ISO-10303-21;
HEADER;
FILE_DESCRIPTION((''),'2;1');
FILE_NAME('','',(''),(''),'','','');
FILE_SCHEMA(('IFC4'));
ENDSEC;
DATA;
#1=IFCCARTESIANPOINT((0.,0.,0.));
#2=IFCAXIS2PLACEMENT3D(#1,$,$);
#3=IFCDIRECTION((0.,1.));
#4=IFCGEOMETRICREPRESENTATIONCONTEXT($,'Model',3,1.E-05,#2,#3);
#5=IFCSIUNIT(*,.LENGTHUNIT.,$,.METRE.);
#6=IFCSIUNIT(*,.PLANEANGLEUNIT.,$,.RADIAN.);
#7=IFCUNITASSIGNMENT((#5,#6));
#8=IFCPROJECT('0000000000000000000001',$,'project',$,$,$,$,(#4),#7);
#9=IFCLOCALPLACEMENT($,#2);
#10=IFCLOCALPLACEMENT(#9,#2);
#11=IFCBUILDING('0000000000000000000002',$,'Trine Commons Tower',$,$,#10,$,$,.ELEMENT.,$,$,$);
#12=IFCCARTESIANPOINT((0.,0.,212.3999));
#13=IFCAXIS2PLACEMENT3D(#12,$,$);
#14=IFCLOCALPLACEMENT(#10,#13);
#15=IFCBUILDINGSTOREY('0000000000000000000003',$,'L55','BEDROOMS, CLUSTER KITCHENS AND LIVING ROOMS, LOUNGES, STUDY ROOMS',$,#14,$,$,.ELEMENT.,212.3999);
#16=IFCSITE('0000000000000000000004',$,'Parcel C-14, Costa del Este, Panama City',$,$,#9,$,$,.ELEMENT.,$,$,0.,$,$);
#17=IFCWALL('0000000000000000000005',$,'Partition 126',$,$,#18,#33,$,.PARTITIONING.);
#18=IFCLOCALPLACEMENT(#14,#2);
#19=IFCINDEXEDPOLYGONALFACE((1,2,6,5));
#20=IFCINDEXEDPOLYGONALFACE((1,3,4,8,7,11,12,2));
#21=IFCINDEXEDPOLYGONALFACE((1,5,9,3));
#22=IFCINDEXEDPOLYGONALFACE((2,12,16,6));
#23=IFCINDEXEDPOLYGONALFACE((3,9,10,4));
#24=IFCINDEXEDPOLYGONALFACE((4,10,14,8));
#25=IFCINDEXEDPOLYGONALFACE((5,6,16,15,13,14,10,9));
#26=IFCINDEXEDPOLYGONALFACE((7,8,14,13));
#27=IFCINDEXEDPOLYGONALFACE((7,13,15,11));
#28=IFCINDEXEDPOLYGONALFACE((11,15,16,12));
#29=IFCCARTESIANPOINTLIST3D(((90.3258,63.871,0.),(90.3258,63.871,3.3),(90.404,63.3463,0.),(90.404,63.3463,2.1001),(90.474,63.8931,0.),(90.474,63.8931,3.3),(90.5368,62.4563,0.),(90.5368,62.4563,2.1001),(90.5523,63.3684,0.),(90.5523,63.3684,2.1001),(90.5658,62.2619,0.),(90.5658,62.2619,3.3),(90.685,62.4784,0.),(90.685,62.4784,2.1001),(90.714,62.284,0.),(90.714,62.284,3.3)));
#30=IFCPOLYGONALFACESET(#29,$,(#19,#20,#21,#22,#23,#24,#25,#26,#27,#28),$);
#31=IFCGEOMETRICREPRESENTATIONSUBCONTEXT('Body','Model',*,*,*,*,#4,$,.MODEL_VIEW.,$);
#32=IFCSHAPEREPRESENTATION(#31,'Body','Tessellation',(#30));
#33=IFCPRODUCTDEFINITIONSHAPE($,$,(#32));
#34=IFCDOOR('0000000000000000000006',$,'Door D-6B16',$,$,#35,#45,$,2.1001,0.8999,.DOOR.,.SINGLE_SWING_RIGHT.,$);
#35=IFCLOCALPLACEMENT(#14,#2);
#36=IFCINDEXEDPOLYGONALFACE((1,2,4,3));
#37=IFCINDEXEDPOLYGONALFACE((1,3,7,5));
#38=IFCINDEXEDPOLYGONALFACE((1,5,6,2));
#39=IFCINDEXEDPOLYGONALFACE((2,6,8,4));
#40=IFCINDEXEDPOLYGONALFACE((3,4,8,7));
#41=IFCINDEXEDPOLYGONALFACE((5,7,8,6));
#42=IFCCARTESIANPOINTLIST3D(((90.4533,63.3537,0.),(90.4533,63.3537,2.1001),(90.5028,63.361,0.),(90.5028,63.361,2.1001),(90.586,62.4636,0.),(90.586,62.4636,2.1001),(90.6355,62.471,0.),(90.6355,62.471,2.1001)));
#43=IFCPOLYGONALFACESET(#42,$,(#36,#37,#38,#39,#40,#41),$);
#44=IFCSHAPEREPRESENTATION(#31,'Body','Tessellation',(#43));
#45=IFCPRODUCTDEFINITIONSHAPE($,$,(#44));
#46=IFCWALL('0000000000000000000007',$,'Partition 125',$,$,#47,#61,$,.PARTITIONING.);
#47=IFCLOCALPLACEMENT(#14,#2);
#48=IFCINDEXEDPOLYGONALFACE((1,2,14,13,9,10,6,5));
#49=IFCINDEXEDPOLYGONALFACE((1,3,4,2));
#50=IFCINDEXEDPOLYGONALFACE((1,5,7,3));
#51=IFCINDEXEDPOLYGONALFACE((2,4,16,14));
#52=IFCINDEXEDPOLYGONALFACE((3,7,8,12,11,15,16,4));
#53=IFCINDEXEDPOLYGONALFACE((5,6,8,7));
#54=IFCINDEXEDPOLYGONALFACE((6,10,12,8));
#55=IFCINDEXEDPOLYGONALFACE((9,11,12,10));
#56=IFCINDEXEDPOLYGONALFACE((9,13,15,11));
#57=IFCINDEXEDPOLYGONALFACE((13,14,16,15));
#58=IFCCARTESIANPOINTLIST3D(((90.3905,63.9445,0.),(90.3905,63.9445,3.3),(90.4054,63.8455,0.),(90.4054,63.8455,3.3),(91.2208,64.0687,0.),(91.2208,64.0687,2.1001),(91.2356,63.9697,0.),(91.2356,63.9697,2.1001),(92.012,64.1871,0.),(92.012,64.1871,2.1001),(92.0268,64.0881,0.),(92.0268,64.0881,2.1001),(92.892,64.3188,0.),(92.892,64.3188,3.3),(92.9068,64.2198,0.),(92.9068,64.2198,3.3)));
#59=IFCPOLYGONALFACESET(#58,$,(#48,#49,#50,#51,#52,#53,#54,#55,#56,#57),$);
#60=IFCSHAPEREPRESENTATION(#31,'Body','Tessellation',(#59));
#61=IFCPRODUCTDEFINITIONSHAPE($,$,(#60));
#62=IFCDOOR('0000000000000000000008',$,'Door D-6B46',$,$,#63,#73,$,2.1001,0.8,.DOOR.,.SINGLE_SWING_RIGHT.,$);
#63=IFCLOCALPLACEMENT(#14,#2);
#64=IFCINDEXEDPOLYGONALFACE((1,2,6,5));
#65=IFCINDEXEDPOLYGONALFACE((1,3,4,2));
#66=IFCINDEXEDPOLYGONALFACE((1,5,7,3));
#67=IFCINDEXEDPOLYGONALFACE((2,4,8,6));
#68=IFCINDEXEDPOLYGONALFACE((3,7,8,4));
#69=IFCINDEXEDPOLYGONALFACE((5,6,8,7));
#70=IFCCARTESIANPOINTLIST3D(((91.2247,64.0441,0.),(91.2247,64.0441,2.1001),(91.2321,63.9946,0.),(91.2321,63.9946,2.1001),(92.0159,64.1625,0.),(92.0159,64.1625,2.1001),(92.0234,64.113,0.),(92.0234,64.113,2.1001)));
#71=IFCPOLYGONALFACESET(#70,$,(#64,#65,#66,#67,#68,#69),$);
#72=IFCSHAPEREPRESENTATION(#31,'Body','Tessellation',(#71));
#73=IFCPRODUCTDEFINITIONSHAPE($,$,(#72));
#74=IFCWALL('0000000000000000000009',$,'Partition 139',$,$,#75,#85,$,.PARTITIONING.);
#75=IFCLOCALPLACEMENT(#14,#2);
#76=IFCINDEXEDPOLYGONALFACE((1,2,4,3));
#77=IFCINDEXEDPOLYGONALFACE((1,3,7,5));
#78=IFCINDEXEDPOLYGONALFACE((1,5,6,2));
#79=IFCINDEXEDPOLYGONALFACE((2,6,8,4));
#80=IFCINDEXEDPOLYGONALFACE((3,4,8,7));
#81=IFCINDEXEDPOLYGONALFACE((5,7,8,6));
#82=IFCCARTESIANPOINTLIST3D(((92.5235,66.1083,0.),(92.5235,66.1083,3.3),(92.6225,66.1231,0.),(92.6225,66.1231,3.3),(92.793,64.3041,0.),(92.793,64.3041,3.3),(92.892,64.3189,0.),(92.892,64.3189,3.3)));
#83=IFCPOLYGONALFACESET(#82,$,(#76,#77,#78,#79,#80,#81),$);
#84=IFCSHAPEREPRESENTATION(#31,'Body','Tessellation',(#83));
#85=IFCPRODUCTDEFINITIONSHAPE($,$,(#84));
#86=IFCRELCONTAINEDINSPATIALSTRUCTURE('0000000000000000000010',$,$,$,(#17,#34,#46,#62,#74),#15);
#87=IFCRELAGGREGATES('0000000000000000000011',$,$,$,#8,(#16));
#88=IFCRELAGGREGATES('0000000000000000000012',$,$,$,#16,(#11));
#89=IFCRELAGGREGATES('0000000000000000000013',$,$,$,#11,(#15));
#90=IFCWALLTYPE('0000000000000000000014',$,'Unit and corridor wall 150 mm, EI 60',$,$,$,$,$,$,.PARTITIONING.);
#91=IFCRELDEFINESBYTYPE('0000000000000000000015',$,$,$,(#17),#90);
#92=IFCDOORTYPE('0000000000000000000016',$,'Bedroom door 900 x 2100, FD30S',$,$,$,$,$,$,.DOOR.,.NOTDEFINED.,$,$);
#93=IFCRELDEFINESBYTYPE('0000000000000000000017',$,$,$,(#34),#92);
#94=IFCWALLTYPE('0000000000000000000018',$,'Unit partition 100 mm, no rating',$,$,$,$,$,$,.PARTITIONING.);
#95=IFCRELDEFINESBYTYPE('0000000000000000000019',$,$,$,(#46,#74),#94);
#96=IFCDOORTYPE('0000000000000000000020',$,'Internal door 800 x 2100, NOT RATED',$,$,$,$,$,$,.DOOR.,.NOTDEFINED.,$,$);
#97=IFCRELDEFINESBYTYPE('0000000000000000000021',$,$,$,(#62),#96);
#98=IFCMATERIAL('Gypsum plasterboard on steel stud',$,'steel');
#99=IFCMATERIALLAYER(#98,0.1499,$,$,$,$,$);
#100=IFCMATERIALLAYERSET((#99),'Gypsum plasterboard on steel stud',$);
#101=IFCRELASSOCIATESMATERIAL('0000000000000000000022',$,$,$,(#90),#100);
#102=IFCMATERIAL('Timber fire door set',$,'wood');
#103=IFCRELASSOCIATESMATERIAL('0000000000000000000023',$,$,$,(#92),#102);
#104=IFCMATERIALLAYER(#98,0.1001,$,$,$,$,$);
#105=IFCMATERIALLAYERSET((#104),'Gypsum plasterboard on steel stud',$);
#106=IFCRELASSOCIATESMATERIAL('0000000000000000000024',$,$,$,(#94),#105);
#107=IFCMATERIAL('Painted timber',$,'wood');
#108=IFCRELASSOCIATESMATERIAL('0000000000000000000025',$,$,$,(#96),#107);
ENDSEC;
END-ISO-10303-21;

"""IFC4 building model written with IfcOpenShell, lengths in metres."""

from ifc_helpers import new_model, si_unit, direction, frame, frame_2d, origin, place, context, subcontext, project, spatial, rectangle, extrude, material, layer, layer_set, type_object, element, fill, save


model = new_model("IFC4")

# Units and contexts
model_context = context("Model", 3, precision=1e-05, world=origin(), true_north=direction((0.0, 1.0)))
body_context = subcontext(model_context, "Body", "Model", "MODEL_VIEW")
ifc_project = project(units=[si_unit("LENGTHUNIT", "METRE"), si_unit("PLANEANGLEUNIT", "RADIAN")], contexts=[model_context])

# Site, building, storey
site_placement = place(None, origin())
site = spatial("IfcSite", under=ifc_project, at=site_placement, Name="Parcel C-14, Costa del Este, Panama City", CompositionType="ELEMENT", RefElevation=0.0)
building_placement = place(site_placement, origin())
building = spatial("IfcBuilding", under=site, at=building_placement, Name="Trine Commons Tower", CompositionType="ELEMENT")
storey_placement = place(building_placement, frame((0.0, 0.0, 212.3999)))
storey = spatial("IfcBuildingStorey", under=building, at=storey_placement, Name="L55", Description="BEDROOMS, CLUSTER KITCHENS AND LIVING ROOMS, LOUNGES, STUDY ROOMS", CompositionType="ELEMENT", Elevation=212.3999)

# Shared definitions
ifc_material_1 = material(Name="Gypsum plasterboard on steel stud", Category="steel")
ifc_layer_1 = layer(ifc_material_1, 0.1499)
ifc_layer_set_1 = layer_set([ifc_layer_1], Name="Gypsum plasterboard on steel stud")
wall_type_1 = type_object("IfcWallType", Name="Unit and corridor wall 150 mm, EI 60", PredefinedType="PARTITIONING", material=ifc_layer_set_1)
ifc_material_2 = material(Name="Timber fire door set", Category="wood")
door_type_1 = type_object("IfcDoorType", Name="Bedroom door 900 x 2100, FD30S", OperationType="NOTDEFINED", PredefinedType="DOOR", material=ifc_material_2)

# Walls, openings, doors
wall_1_placement = place(storey_placement, frame((90.3999, 63.8821, 0.0), z_axis=(0.0, 0.0, 1.0), x_axis=(0.147511, -0.98906, 0.0)))
wall_1 = element("IfcWall", 1, at=wall_1_placement, inside=storey, type_object=wall_type_1, Name="Partition 126", PredefinedType="PARTITIONING", context=body_context, shape_type="SweptSolid", body=[
    extrude(rectangle(XDim=1.627, YDim=0.1499, at=frame_2d((0.8135, 0.0))), origin(), (0.0, 0.0, 1.0), 3.3),
])
opening_1_placement = place(wall_1_placement, frame((0.5305, 0.0, 0.0)))
opening_1 = element("IfcOpeningElement", 2, at=opening_1_placement, cuts=wall_1, PredefinedType="OPENING", context=body_context, shape_type="SweptSolid", body=[
    extrude(rectangle(XDim=0.8999, YDim=2.1001, at=frame_2d((0.45, 1.05))), frame((0.0, 0.085, 0.0), z_axis=(0.0, -1.0, 0.0), x_axis=(1.0, 0.0, 0.0)), (0.0, 0.0, 1.0), 0.1699),
])
door_1_placement = place(opening_1_placement, origin())
door_1 = element("IfcDoor", 3, at=door_1_placement, inside=storey, type_object=door_type_1, Name="Door D-6B16", OperationType="SINGLE_SWING_RIGHT", OverallHeight=2.1001, OverallWidth=0.8999, PredefinedType="DOOR", context=body_context, shape_type="SweptSolid", body=[
    extrude(rectangle(XDim=0.8999, YDim=2.1001, at=frame_2d((0.45, 1.05))), frame((0.0, 0.0249, 0.0), z_axis=(0.0, -1.0, 0.0), x_axis=(1.0, 0.0, 0.0)), (0.0, 0.0, 1.0), 0.05),
])
fill(opening_1, door_1)
ifc_layer_2 = layer(ifc_material_1, 0.1001)
ifc_layer_set_2 = layer_set([ifc_layer_2], Name="Gypsum plasterboard on steel stud")
wall_type_2 = type_object("IfcWallType", Name="Unit partition 100 mm, no rating", PredefinedType="PARTITIONING", material=ifc_layer_set_2)
wall_2_placement = place(storey_placement, frame((90.3979, 63.895, 0.0), z_axis=(0.0, 0.0, 1.0), x_axis=(0.988992, 0.147972, 0.0)))
wall_2 = element("IfcWall", 4, at=wall_2_placement, inside=storey, type_object=wall_type_2, Name="Partition 125", PredefinedType="PARTITIONING", context=body_context, shape_type="SweptSolid", body=[
    extrude(rectangle(XDim=2.5293, YDim=0.1001, at=frame_2d((1.2646, 0.0))), origin(), (0.0, 0.0, 1.0), 3.3),
])
opening_2_placement = place(wall_2_placement, frame((0.8396, 0.0, 0.0)))
opening_2 = element("IfcOpeningElement", 5, at=opening_2_placement, cuts=wall_2, PredefinedType="OPENING", context=body_context, shape_type="SweptSolid", body=[
    extrude(rectangle(XDim=0.8, YDim=2.1001, at=frame_2d((0.3999, 1.05))), frame((0.0, 0.0601, 0.0), z_axis=(0.0, -1.0, 0.0), x_axis=(1.0, 0.0, 0.0)), (0.0, 0.0, 1.0), 0.1201),
])
ifc_material_3 = material(Name="Painted timber", Category="wood")
door_type_2 = type_object("IfcDoorType", Name="Internal door 800 x 2100, NOT RATED", OperationType="NOTDEFINED", PredefinedType="DOOR", material=ifc_material_3)
door_2_placement = place(opening_2_placement, frame((0.8, 0.0, 0.0), z_axis=(0.0, 0.0, 1.0), x_axis=(-1.0, 0.0, 0.0)))
door_2 = element("IfcDoor", 6, at=door_2_placement, inside=storey, type_object=door_type_2, Name="Door D-6B46", OperationType="SINGLE_SWING_RIGHT", OverallHeight=2.1001, OverallWidth=0.8, PredefinedType="DOOR", context=body_context, shape_type="SweptSolid", body=[
    extrude(rectangle(XDim=0.8, YDim=2.1001, at=frame_2d((0.3999, 1.05))), frame((0.0, 0.0249, 0.0), z_axis=(0.0, -1.0, 0.0), x_axis=(1.0, 0.0, 0.0)), (0.0, 0.0, 1.0), 0.05),
])
fill(opening_2, door_2)

# Wall
wall_3_placement = place(storey_placement, frame((92.573, 66.1157, 0.0), z_axis=(0.0, 0.0, 1.0), x_axis=(0.147751, -0.989025, 0.0)))
element("IfcWall", 7, at=wall_3_placement, inside=storey, type_object=wall_type_2, Name="Partition 139", PredefinedType="PARTITIONING", context=body_context, shape_type="SweptSolid", body=[
    extrude(rectangle(XDim=1.8242, YDim=0.1001, at=frame_2d((0.9121, 0.0))), origin(), (0.0, 0.0, 1.0), 3.3),
])

save(model, "model.ifc")
